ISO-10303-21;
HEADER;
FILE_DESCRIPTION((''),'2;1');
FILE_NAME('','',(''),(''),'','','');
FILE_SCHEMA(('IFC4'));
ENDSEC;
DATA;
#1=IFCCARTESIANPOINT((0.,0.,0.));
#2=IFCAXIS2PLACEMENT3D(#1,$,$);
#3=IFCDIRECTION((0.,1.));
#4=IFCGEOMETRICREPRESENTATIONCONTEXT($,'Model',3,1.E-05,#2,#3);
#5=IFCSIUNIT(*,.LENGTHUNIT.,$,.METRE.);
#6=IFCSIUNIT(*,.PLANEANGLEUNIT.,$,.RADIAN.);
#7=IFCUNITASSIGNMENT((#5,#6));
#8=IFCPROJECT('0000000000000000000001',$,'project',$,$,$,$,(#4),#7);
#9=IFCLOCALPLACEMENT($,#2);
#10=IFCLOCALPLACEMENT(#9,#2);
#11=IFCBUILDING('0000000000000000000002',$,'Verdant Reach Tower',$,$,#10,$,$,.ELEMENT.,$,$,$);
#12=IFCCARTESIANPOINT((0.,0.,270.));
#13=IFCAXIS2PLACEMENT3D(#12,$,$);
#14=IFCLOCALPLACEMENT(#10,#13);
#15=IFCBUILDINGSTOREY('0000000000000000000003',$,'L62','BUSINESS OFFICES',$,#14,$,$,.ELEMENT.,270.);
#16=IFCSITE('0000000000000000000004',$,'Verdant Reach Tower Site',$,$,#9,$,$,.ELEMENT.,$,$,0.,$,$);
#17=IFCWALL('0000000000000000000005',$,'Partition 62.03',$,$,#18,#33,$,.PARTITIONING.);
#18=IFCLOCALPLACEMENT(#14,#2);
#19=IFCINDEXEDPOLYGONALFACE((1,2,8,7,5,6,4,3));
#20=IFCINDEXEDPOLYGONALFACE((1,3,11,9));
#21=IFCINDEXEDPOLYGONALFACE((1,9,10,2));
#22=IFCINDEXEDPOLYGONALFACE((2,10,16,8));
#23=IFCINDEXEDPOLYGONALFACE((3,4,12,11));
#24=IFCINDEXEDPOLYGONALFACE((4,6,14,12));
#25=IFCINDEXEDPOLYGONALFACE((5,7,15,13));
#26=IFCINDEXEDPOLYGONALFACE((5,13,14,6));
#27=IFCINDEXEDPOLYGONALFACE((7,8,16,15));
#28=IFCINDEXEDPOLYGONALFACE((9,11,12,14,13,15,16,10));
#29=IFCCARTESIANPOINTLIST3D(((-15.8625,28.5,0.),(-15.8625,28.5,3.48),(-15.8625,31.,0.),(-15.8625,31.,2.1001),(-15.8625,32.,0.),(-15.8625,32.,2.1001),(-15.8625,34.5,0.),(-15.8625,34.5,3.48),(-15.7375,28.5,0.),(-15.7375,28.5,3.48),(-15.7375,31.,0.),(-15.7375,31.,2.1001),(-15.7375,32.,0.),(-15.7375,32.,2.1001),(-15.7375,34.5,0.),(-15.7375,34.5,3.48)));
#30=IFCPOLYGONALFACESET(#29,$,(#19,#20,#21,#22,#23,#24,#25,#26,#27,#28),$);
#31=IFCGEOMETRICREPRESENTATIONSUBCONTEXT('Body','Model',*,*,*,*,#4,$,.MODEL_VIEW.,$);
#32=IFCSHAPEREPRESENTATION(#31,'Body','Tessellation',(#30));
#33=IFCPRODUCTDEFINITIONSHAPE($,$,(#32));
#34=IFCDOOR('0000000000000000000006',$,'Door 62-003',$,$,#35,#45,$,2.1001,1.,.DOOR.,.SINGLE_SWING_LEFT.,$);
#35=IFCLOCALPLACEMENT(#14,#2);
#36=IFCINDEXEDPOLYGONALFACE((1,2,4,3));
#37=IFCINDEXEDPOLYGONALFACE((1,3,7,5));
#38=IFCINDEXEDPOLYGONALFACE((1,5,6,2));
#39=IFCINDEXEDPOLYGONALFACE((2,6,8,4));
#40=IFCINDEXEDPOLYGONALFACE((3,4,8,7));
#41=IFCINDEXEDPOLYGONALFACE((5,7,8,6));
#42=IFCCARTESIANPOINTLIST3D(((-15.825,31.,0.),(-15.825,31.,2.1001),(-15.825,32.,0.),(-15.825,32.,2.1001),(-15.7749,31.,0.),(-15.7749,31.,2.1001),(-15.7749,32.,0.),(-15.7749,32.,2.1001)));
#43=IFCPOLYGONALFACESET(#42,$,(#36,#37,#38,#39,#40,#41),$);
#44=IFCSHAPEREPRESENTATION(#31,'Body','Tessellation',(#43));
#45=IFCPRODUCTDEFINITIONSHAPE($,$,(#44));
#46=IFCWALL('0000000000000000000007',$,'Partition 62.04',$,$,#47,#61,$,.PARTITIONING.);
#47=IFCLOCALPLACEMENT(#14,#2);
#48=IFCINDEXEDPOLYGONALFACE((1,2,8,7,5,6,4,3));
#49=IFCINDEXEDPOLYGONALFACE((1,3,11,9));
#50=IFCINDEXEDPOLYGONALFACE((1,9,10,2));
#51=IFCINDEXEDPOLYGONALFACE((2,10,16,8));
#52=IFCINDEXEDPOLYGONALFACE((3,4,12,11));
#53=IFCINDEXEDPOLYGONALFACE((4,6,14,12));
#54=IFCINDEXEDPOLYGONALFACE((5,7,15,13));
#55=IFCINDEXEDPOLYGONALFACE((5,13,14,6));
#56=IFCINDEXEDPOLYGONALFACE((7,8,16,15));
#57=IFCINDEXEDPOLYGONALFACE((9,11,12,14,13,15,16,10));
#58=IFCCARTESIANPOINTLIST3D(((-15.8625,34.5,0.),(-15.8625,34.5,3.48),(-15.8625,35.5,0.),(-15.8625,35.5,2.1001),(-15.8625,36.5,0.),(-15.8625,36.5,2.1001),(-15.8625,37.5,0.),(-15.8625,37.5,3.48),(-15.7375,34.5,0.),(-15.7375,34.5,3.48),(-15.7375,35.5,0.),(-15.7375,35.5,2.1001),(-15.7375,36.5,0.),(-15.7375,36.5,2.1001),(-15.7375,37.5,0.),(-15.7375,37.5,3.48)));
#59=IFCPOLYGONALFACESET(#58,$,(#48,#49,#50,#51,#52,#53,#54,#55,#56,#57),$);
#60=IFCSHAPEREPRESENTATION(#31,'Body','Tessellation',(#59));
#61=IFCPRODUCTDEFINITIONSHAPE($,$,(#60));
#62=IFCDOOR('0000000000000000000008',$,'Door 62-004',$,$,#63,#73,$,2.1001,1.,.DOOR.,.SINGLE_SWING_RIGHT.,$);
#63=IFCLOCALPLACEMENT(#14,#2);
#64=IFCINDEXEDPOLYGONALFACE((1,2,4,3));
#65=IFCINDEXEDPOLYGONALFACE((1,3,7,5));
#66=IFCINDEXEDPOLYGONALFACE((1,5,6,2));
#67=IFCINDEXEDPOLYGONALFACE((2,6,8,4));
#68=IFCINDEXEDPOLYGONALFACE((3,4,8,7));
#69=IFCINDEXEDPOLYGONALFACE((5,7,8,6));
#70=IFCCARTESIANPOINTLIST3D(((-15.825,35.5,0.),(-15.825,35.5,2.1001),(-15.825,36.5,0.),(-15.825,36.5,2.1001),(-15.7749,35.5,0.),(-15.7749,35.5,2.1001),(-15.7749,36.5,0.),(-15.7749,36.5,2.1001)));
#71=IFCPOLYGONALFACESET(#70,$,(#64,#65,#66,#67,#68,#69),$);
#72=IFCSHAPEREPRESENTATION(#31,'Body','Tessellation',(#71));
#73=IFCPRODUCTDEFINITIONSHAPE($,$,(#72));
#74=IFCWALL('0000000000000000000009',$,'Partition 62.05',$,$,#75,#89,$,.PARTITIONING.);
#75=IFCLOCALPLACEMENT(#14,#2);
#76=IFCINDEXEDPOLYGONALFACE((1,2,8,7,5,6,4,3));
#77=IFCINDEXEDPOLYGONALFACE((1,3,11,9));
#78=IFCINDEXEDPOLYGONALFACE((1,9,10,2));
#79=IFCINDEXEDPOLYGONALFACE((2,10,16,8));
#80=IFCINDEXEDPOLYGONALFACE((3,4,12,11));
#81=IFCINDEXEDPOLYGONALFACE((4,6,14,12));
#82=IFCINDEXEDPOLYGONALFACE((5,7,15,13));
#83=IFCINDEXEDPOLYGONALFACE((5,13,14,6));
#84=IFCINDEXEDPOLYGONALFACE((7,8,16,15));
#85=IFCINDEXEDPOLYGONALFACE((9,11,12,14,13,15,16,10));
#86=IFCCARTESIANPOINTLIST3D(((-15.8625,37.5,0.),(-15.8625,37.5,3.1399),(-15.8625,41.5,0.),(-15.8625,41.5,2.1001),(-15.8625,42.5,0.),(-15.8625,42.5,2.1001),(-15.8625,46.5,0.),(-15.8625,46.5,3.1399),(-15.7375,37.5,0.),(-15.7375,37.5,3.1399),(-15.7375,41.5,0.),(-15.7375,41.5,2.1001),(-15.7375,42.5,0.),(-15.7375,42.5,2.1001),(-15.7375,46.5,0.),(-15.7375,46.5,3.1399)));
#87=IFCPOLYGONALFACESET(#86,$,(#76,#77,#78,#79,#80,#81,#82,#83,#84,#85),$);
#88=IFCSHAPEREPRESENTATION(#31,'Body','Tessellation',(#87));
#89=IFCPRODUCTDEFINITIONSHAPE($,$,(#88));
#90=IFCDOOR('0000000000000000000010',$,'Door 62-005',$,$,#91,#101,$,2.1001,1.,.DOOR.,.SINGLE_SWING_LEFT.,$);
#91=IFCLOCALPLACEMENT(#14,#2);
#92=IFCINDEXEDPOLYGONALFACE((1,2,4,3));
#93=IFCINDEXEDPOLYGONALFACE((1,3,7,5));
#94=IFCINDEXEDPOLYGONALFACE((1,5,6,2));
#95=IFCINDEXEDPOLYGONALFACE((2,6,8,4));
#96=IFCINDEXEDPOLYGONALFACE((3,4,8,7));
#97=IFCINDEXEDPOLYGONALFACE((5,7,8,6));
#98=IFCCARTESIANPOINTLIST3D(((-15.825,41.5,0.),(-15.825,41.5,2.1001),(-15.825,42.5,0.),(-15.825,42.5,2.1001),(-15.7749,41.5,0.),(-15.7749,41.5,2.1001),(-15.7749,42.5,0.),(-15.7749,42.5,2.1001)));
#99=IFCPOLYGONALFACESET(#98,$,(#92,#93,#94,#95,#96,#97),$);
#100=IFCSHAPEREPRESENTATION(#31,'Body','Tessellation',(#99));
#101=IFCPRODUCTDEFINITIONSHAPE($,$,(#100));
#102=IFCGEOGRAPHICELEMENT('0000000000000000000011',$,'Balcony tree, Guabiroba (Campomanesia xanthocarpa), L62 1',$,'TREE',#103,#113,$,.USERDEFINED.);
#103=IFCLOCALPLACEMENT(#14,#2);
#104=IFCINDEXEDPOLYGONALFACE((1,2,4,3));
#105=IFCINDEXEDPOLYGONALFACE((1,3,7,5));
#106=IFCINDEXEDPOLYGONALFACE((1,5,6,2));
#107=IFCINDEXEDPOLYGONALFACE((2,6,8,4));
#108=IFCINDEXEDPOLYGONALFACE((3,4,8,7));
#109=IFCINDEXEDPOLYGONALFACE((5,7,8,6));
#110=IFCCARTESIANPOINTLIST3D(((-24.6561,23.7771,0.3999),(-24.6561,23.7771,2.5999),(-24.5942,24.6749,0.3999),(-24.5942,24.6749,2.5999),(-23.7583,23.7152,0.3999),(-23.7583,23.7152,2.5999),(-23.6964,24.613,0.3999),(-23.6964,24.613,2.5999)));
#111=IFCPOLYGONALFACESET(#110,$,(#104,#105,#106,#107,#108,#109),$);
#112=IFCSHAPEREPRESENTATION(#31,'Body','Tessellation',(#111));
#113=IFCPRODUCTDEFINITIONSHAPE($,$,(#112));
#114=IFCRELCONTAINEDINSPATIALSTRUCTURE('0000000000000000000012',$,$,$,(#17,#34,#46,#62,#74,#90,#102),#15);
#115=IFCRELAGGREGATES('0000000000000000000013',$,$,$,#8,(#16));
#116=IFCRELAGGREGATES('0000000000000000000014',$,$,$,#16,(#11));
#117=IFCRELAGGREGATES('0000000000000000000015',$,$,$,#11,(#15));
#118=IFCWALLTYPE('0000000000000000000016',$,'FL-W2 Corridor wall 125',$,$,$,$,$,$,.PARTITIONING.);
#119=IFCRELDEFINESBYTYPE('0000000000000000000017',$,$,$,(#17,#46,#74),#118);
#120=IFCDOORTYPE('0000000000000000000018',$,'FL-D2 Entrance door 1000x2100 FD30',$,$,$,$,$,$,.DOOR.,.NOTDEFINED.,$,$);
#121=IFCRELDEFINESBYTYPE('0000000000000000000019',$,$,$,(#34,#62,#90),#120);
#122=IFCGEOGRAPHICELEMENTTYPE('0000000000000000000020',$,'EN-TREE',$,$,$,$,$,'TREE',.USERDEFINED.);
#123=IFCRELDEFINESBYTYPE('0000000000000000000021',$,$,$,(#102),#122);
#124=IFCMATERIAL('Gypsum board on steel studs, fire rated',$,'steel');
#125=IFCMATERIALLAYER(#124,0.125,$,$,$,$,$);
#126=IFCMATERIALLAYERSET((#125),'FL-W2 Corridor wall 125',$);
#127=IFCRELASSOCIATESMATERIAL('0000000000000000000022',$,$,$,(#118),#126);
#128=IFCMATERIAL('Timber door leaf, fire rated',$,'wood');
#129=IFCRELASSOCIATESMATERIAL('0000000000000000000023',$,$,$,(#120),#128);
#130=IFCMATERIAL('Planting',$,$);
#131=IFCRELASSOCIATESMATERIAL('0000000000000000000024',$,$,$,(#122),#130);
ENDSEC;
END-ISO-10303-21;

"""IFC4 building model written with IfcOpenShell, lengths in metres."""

from ifc_helpers import new_model, si_unit, direction, frame, frame_2d, origin, origin_2d, place, context, subcontext, project, spatial, rectangle, extrude, material, layer, layer_set, type_object, element, fill, save


model = new_model("IFC4")

# Units and contexts
model_context = context("Model", 3, precision=1e-05, world=origin(), true_north=direction((0.0, 1.0)))
body_context = subcontext(model_context, "Body", "Model", "MODEL_VIEW")
ifc_project = project(units=[si_unit("LENGTHUNIT", "METRE"), si_unit("PLANEANGLEUNIT", "RADIAN")], contexts=[model_context])

# Site, building, storey
site_placement = place(None, origin())
site = spatial("IfcSite", under=ifc_project, at=site_placement, Name="Verdant Reach Tower Site", CompositionType="ELEMENT", RefElevation=0.0)
building_placement = place(site_placement, origin())
building = spatial("IfcBuilding", under=site, at=building_placement, Name="Verdant Reach Tower", CompositionType="ELEMENT")
storey_placement = place(building_placement, frame((0.0, 0.0, 270.0)))
storey = spatial("IfcBuildingStorey", under=building, at=storey_placement, Name="L62", Description="BUSINESS OFFICES", CompositionType="ELEMENT", Elevation=270.0)

# Walls, openings, doors
ifc_material_1 = material(Name="Gypsum board on steel studs, fire rated", Category="steel")
ifc_layer_1 = layer(ifc_material_1, 0.125)
ifc_layer_set_1 = layer_set([ifc_layer_1], Name="FL-W2 Corridor wall 125")
wall_type_1 = type_object("IfcWallType", Name="FL-W2 Corridor wall 125", PredefinedType="PARTITIONING", material=ifc_layer_set_1)
ifc_material_2 = material(Name="Timber door leaf, fire rated", Category="wood")
door_type_1 = type_object("IfcDoorType", Name="FL-D2 Entrance door 1000x2100 FD30", OperationType="NOTDEFINED", PredefinedType="DOOR", material=ifc_material_2)
wall_1_placement = place(storey_placement, frame((-15.8, 28.5, 0.0), z_axis=(0.0, 0.0, 1.0), x_axis=(0.0, 1.0, 0.0)))
wall_1 = element("IfcWall", 1, at=wall_1_placement, inside=storey, type_object=wall_type_1, Name="Partition 62.03", PredefinedType="PARTITIONING", context=body_context, shape_type="SweptSolid", body=[
    extrude(rectangle(XDim=6.0, YDim=0.125, at=frame_2d((3.0, 0.0))), origin(), (0.0, 0.0, 1.0), 3.48),
])
opening_1_placement = place(wall_1_placement, frame((2.5, 0.0, 0.0)))
opening_1 = element("IfcOpeningElement", 2, at=opening_1_placement, cuts=wall_1, PredefinedType="OPENING", context=body_context, shape_type="SweptSolid", body=[
    extrude(rectangle(XDim=1.0, YDim=2.1001, at=frame_2d((0.5, 1.05))), frame((0.0, 0.0725, 0.0), z_axis=(0.0, -1.0, 0.0), x_axis=(1.0, 0.0, 0.0)), (0.0, 0.0, 1.0), 0.145),
])
door_1_placement = place(opening_1_placement, origin())
door_1 = element("IfcDoor", 3, at=door_1_placement, inside=storey, type_object=door_type_1, Name="Door 62-003", OperationType="SINGLE_SWING_LEFT", OverallHeight=2.1001, OverallWidth=1.0, PredefinedType="DOOR", context=body_context, shape_type="SweptSolid", body=[
    extrude(rectangle(XDim=1.0, YDim=2.1001, at=frame_2d((0.5, 1.05))), frame((0.0, 0.0249, 0.0), z_axis=(0.0, -1.0, 0.0), x_axis=(1.0, 0.0, 0.0)), (0.0, 0.0, 1.0), 0.05),
])
fill(opening_1, door_1)
wall_2_placement = place(storey_placement, frame((-15.8, 34.5, 0.0), z_axis=(0.0, 0.0, 1.0), x_axis=(0.0, 1.0, 0.0)))
wall_2 = element("IfcWall", 4, at=wall_2_placement, inside=storey, type_object=wall_type_1, Name="Partition 62.04", PredefinedType="PARTITIONING", context=body_context, shape_type="SweptSolid", body=[
    extrude(rectangle(XDim=3.0, YDim=0.125, at=frame_2d((1.5, 0.0))), origin(), (0.0, 0.0, 1.0), 3.48),
])
opening_2_placement = place(wall_2_placement, frame((1.0, 0.0, 0.0)))
opening_2 = element("IfcOpeningElement", 5, at=opening_2_placement, cuts=wall_2, PredefinedType="OPENING", context=body_context, shape_type="SweptSolid", body=[
    extrude(rectangle(XDim=1.0, YDim=2.1001, at=frame_2d((0.5, 1.05))), frame((0.0, 0.0725, 0.0), z_axis=(0.0, -1.0, 0.0), x_axis=(1.0, 0.0, 0.0)), (0.0, 0.0, 1.0), 0.145),
])
door_2_placement = place(opening_2_placement, origin())
door_2 = element("IfcDoor", 6, at=door_2_placement, inside=storey, type_object=door_type_1, Name="Door 62-004", OperationType="SINGLE_SWING_RIGHT", OverallHeight=2.1001, OverallWidth=1.0, PredefinedType="DOOR", context=body_context, shape_type="SweptSolid", body=[
    extrude(rectangle(XDim=1.0, YDim=2.1001, at=frame_2d((0.5, 1.05))), frame((0.0, 0.0249, 0.0), z_axis=(0.0, -1.0, 0.0), x_axis=(1.0, 0.0, 0.0)), (0.0, 0.0, 1.0), 0.05),
])
fill(opening_2, door_2)
wall_3_placement = place(storey_placement, frame((-15.8, 37.5, 0.0), z_axis=(0.0, 0.0, 1.0), x_axis=(0.0, 1.0, 0.0)))
wall_3 = element("IfcWall", 7, at=wall_3_placement, inside=storey, type_object=wall_type_1, Name="Partition 62.05", PredefinedType="PARTITIONING", context=body_context, shape_type="SweptSolid", body=[
    extrude(rectangle(XDim=9.0, YDim=0.125, at=frame_2d((4.5, 0.0))), origin(), (0.0, 0.0, 1.0), 3.1399),
])
opening_3_placement = place(wall_3_placement, frame((4.0, 0.0, 0.0)))
opening_3 = element("IfcOpeningElement", 8, at=opening_3_placement, cuts=wall_3, PredefinedType="OPENING", context=body_context, shape_type="SweptSolid", body=[
    extrude(rectangle(XDim=1.0, YDim=2.1001, at=frame_2d((0.5, 1.05))), frame((0.0, 0.0725, 0.0), z_axis=(0.0, -1.0, 0.0), x_axis=(1.0, 0.0, 0.0)), (0.0, 0.0, 1.0), 0.145),
])
door_3_placement = place(opening_3_placement, origin())
door_3 = element("IfcDoor", 9, at=door_3_placement, inside=storey, type_object=door_type_1, Name="Door 62-005", OperationType="SINGLE_SWING_LEFT", OverallHeight=2.1001, OverallWidth=1.0, PredefinedType="DOOR", context=body_context, shape_type="SweptSolid", body=[
    extrude(rectangle(XDim=1.0, YDim=2.1001, at=frame_2d((0.5, 1.05))), frame((0.0, 0.0249, 0.0), z_axis=(0.0, -1.0, 0.0), x_axis=(1.0, 0.0, 0.0)), (0.0, 0.0, 1.0), 0.05),
])
fill(opening_3, door_3)

# Geographic element
ifc_material_3 = material(Name="Planting")
geographic_element_type = type_object("IfcGeographicElementType", Name="EN-TREE", ElementType="TREE", PredefinedType="USERDEFINED", material=ifc_material_3)
geographic_element_placement = place(storey_placement, frame((-24.1763, 24.1951, 0.3999), z_axis=(0.0, 0.0, 1.0), x_axis=(-0.068802, -0.99763, 0.0)))
element("IfcGeographicElement", 10, at=geographic_element_placement, inside=storey, type_object=geographic_element_type, Name="Balcony tree, Guabiroba (Campomanesia xanthocarpa), L62 1", ObjectType="TREE", PredefinedType="USERDEFINED", context=body_context, shape_type="SweptSolid", body=[
    extrude(rectangle(XDim=0.8999, YDim=0.8999, at=origin_2d()), origin(), (0.0, 0.0, 1.0), 2.2),
])

save(model, "model.ifc")
